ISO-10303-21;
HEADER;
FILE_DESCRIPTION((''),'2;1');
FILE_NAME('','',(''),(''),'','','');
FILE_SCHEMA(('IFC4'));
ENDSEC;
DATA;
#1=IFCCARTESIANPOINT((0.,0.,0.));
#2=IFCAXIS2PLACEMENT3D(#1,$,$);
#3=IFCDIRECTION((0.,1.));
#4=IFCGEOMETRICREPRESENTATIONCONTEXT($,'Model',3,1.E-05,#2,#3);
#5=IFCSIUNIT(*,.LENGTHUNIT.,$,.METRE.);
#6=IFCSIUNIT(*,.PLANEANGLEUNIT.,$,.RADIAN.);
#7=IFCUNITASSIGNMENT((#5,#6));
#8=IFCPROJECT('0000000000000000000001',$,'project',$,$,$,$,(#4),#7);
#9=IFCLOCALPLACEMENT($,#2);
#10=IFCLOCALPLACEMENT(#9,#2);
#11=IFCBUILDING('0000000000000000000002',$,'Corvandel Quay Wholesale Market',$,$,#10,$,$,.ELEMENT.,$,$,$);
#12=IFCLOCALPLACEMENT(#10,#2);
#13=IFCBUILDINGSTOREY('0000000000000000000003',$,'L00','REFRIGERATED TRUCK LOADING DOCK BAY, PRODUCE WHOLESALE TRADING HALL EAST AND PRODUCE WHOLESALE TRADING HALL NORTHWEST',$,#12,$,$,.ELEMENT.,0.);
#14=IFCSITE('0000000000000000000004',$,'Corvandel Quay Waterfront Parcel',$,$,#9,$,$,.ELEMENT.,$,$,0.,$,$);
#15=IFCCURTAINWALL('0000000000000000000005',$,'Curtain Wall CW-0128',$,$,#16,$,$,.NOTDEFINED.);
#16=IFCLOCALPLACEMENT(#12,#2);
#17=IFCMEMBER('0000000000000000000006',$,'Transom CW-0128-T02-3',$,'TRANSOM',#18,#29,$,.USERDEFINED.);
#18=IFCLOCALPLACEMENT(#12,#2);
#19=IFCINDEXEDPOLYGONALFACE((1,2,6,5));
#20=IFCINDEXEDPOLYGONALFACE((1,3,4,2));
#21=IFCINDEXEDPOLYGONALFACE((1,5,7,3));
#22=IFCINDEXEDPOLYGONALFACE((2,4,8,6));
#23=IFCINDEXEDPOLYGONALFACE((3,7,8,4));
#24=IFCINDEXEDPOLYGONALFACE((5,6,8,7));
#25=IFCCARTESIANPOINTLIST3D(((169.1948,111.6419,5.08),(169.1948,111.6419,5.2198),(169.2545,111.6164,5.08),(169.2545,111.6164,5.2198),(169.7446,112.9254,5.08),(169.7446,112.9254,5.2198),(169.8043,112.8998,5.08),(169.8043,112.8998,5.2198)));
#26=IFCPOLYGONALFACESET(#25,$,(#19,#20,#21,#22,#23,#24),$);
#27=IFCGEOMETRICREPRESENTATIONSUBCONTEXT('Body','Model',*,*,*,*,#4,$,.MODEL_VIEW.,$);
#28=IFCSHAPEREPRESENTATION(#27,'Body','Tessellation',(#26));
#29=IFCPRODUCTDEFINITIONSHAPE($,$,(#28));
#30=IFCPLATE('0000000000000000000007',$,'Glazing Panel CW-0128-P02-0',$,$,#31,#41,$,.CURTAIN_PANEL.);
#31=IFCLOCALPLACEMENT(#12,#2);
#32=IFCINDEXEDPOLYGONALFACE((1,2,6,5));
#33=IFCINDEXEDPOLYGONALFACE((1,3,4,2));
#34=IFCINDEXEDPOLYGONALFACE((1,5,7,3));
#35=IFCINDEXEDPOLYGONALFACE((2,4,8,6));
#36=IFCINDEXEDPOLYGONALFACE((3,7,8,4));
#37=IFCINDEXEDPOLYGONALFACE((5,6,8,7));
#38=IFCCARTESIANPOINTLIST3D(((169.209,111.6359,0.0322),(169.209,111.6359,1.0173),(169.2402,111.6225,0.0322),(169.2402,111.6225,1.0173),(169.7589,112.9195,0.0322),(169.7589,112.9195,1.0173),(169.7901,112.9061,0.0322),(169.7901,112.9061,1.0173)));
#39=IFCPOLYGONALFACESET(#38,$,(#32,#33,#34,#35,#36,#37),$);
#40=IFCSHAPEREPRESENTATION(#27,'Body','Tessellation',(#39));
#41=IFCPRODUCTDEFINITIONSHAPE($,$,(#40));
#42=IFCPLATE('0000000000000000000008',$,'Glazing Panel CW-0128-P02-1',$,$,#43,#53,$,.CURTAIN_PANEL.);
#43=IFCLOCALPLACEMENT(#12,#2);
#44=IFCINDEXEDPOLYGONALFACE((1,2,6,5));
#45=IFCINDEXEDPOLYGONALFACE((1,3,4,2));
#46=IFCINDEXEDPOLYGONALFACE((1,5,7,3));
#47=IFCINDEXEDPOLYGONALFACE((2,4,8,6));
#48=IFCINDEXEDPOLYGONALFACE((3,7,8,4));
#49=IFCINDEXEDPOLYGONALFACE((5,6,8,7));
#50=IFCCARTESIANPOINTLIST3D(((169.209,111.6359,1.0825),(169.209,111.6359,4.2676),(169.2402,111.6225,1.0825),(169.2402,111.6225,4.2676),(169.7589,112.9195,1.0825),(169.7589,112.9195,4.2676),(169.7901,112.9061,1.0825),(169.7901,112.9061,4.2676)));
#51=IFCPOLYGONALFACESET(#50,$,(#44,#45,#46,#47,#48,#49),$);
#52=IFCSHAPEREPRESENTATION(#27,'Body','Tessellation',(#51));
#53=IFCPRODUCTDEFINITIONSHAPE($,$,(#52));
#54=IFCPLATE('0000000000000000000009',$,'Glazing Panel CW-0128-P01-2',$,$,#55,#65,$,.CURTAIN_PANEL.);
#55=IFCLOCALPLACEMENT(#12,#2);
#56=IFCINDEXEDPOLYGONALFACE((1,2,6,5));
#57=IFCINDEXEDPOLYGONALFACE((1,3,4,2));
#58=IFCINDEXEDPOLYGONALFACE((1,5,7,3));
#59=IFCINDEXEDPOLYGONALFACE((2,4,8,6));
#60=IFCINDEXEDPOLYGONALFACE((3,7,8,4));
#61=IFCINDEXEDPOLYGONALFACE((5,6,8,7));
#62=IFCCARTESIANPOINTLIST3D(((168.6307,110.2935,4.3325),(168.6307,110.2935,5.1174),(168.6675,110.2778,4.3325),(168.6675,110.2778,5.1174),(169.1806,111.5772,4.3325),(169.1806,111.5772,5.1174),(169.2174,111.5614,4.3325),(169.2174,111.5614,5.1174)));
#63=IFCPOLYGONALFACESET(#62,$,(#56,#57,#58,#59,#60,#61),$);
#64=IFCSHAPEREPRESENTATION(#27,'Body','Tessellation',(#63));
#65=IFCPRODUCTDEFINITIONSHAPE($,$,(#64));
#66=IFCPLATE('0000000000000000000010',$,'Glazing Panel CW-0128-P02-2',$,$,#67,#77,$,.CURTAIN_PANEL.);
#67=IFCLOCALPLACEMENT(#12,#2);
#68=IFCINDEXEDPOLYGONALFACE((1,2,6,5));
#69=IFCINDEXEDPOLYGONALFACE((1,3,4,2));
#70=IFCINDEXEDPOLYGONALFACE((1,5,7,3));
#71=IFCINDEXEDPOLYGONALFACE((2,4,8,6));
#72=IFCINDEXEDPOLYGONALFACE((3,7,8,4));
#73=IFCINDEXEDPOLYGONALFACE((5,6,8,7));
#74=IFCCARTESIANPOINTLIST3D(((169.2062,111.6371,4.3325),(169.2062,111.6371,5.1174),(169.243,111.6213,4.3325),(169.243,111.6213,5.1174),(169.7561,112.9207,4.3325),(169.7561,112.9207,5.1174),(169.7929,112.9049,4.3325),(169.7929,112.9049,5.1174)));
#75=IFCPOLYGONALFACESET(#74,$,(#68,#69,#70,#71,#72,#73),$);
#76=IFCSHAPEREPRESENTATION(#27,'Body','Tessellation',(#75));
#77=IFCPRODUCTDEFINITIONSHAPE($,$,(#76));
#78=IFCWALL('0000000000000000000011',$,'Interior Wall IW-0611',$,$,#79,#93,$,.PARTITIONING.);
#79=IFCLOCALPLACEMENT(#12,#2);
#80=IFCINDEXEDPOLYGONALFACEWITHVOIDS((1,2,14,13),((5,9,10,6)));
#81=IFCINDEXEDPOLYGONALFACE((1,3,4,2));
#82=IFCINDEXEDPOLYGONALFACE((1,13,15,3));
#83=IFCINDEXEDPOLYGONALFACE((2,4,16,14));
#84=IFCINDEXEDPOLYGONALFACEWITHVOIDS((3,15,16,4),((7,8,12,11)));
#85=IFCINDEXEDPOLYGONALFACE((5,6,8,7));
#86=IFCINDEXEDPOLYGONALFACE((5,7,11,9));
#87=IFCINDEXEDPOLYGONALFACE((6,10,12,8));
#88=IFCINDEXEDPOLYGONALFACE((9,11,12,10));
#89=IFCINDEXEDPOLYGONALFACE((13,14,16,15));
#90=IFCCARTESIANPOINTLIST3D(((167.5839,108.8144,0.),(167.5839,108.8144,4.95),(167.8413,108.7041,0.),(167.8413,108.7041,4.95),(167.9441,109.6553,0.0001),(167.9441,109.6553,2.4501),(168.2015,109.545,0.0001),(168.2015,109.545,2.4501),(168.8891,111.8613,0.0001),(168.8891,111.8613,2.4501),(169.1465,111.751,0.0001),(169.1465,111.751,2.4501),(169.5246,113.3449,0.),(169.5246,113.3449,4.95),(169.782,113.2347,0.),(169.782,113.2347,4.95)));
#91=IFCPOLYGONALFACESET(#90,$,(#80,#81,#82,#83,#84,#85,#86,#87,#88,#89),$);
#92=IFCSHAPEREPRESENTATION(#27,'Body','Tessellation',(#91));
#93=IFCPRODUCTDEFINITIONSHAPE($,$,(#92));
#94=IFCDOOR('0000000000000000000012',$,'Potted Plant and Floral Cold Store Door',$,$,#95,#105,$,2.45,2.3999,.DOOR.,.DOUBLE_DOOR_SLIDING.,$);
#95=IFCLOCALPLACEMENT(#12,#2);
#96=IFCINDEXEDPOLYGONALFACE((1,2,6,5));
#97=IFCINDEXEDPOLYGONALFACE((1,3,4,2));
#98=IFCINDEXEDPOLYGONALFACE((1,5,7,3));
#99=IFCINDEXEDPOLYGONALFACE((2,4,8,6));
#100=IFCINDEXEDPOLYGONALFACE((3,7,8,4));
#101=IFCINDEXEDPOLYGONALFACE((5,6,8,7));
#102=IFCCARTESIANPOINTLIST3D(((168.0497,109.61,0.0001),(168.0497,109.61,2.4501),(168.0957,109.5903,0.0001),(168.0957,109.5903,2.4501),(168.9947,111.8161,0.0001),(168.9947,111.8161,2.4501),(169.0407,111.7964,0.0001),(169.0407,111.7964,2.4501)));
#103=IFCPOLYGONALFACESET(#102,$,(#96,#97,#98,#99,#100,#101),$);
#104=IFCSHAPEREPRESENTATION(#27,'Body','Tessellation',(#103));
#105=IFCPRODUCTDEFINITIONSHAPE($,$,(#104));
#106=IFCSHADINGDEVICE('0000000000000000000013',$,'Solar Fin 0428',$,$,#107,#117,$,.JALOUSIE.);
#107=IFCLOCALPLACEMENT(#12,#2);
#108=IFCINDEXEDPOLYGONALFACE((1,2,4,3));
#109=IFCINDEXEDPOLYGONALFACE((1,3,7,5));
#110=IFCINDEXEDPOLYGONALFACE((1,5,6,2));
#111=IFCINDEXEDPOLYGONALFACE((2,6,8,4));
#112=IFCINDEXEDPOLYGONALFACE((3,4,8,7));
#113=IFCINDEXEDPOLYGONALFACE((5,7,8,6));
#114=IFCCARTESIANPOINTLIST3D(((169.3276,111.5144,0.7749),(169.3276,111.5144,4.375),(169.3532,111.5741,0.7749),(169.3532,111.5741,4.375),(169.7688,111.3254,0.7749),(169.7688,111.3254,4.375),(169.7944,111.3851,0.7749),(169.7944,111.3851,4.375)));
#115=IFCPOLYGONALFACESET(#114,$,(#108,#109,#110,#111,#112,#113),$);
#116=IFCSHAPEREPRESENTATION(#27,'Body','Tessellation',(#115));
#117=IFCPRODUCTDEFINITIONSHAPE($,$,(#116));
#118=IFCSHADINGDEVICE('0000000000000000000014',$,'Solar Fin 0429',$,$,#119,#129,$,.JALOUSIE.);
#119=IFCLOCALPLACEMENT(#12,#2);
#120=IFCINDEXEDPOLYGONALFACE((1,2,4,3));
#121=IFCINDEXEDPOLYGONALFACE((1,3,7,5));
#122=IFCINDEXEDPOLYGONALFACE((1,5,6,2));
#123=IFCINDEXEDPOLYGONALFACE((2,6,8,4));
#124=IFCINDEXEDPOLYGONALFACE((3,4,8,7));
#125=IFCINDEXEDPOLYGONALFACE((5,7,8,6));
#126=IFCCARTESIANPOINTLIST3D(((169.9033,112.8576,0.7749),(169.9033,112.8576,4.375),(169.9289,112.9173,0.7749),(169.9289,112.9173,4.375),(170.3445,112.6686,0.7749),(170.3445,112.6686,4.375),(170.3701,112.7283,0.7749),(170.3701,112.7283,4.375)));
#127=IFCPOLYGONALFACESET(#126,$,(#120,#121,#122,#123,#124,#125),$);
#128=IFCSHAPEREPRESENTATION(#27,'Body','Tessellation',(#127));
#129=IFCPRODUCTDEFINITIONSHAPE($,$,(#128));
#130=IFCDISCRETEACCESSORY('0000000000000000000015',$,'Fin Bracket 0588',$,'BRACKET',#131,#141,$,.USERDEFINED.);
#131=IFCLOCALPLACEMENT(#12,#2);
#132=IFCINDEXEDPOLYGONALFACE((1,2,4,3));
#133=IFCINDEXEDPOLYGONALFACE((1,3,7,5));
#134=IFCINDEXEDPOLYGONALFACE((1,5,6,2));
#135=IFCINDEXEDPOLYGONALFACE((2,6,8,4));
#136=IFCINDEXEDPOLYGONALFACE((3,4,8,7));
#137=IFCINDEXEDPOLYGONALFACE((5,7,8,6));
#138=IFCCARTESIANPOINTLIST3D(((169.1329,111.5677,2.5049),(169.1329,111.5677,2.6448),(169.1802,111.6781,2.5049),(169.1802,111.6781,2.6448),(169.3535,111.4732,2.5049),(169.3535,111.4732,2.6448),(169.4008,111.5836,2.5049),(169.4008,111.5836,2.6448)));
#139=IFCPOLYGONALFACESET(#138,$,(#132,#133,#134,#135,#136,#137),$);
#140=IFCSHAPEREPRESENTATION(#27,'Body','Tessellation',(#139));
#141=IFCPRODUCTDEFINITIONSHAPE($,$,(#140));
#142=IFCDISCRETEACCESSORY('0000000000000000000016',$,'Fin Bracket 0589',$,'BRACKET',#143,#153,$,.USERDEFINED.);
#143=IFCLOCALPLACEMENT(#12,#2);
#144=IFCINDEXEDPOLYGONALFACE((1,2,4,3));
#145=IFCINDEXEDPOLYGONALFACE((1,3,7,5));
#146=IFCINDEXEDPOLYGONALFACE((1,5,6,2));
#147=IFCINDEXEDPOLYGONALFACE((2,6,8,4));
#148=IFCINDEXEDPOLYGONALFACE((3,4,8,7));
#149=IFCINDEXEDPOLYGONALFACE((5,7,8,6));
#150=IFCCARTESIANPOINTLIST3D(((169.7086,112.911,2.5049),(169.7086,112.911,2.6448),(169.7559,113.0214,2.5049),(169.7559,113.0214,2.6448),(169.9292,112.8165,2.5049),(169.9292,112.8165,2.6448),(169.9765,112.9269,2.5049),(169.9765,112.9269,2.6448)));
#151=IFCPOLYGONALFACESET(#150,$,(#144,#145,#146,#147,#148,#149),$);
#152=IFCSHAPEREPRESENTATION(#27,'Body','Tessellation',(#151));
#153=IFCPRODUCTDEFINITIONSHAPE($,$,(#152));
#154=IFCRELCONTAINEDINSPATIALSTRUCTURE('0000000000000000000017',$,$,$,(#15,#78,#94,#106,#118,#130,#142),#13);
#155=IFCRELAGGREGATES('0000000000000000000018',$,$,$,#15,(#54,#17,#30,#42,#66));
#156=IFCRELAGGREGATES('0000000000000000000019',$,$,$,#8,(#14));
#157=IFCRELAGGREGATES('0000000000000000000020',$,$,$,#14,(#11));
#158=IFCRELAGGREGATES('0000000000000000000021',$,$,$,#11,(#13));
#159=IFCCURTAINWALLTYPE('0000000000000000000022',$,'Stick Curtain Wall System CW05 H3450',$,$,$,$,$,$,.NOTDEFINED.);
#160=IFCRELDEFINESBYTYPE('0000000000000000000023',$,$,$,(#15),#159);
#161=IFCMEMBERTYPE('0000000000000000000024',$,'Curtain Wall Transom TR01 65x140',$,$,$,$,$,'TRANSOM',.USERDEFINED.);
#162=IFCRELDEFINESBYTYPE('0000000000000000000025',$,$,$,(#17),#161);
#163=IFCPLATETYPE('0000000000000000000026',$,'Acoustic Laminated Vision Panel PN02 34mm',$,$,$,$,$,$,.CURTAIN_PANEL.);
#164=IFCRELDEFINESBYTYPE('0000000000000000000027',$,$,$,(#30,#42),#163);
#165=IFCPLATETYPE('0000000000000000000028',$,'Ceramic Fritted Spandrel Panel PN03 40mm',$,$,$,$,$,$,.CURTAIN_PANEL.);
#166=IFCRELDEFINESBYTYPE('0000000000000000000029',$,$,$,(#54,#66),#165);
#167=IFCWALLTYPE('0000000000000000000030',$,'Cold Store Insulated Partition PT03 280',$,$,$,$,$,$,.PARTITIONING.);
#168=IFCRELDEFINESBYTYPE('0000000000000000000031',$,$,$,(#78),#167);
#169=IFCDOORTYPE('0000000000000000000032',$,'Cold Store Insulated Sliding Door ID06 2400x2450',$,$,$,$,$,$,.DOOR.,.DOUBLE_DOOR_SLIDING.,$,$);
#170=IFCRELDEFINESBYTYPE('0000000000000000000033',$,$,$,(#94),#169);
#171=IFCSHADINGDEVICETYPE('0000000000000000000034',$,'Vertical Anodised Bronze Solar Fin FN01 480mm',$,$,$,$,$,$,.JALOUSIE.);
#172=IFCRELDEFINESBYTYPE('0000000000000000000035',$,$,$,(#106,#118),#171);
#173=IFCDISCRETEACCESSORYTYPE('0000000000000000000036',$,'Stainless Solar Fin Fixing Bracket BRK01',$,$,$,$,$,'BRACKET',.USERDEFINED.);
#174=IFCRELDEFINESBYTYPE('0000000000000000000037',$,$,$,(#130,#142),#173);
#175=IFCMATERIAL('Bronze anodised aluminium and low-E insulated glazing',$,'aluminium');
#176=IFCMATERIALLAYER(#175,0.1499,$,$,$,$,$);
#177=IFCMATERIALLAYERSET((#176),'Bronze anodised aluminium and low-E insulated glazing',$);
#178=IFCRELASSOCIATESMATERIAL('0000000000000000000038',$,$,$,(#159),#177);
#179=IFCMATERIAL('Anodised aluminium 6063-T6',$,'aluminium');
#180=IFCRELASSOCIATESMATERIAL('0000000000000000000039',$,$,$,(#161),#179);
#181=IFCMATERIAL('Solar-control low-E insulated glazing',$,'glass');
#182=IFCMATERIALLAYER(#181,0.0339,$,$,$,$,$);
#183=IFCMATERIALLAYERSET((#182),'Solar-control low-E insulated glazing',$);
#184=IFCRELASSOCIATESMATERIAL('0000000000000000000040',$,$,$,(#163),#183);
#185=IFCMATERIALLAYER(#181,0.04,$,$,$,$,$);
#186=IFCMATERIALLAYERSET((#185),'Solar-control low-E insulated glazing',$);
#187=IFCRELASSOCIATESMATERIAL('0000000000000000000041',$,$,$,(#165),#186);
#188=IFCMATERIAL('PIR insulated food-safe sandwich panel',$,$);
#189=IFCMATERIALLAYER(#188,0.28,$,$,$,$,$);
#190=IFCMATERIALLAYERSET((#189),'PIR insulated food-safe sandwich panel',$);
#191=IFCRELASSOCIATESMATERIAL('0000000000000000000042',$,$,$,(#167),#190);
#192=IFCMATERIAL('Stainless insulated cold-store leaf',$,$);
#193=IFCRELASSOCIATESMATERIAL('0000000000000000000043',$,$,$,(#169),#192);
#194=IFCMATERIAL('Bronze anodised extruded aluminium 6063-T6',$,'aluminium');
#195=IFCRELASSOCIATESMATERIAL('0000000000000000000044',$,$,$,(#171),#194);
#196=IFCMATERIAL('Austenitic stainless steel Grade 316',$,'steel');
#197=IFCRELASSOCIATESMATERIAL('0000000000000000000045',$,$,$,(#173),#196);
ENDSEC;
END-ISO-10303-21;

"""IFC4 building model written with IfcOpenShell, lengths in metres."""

from ifc_helpers import new_model, si_unit, direction, frame, frame_2d, origin, origin_2d, place, context, subcontext, project, spatial, rectangle, extrude, material, layer, layer_set, material_profile, profile_set, type_object, element, fill, aggregate, save


model = new_model("IFC4")

# Units and contexts
model_context = context("Model", 3, precision=1e-05, world=origin(), true_north=direction((0.0, 1.0)))
body_context = subcontext(model_context, "Body", "Model", "MODEL_VIEW")
ifc_project = project(units=[si_unit("LENGTHUNIT", "METRE"), si_unit("PLANEANGLEUNIT", "RADIAN")], contexts=[model_context])

# Site, building, storey
site_placement = place(None, origin())
site = spatial("IfcSite", under=ifc_project, at=site_placement, Name="Corvandel Quay Waterfront Parcel", CompositionType="ELEMENT", RefElevation=0.0)
building_placement = place(site_placement, origin())
building = spatial("IfcBuilding", under=site, at=building_placement, Name="Corvandel Quay Wholesale Market", CompositionType="ELEMENT")
storey_placement = place(building_placement, origin())
storey = spatial("IfcBuildingStorey", under=building, at=storey_placement, Name="L00", Description="REFRIGERATED TRUCK LOADING DOCK BAY, PRODUCE WHOLESALE TRADING HALL EAST AND PRODUCE WHOLESALE TRADING HALL NORTHWEST", CompositionType="ELEMENT", Elevation=0.0)

# Curtain wall, member, plates
ifc_material_1 = material(Name="Bronze anodised aluminium and low-E insulated glazing", Category="aluminium")
ifc_layer_1 = layer(ifc_material_1, 0.1499)
ifc_layer_set_1 = layer_set([ifc_layer_1], Name="Bronze anodised aluminium and low-E insulated glazing")
curtain_wall_type = type_object("IfcCurtainWallType", Name="Stick Curtain Wall System CW05 H3450", PredefinedType="NOTDEFINED", material=ifc_layer_set_1)
curtain_wall_placement = place(storey_placement, origin())
curtain_wall = element("IfcCurtainWall", 1, at=curtain_wall_placement, inside=storey, type_object=curtain_wall_type, Name="Curtain Wall CW-0128", PredefinedType="NOTDEFINED")
ifc_material_2 = material(Name="Anodised aluminium 6063-T6", Category="aluminium")
ifc_material_profile_1 = material_profile(ifc_material_2, rectangle(XDim=0.0649, YDim=0.1399, at=origin_2d()), Name="ALU-TRN-65x140")
ifc_profile_set_1 = profile_set([ifc_material_profile_1], Name="Anodised aluminium 6063-T6")
member_type_1 = type_object("IfcMemberType", Name="Curtain Wall Transom TR01 65x140", ElementType="TRANSOM", PredefinedType="USERDEFINED", material=ifc_profile_set_1)
member_1_placement = place(storey_placement, frame((169.2246, 111.6292, 5.1499), z_axis=(0.393772, 0.919208, 0.0), x_axis=(-0.919208, 0.393772, 0.0)))
member_1 = element("IfcMember", 2, at=member_1_placement, type_object=member_type_1, Name="Transom CW-0128-T02-3", ObjectType="TRANSOM", PredefinedType="USERDEFINED", context=body_context, shape_type="SweptSolid", body=[
    extrude(rectangle(XDim=0.0649, YDim=0.1399, at=origin_2d()), origin(), (0.0, 0.0, 1.0), 1.3962),
])
ifc_material_3 = material(Name="Solar-control low-E insulated glazing", Category="glass")
ifc_layer_2 = layer(ifc_material_3, 0.0339)
ifc_layer_set_2 = layer_set([ifc_layer_2], Name="Solar-control low-E insulated glazing")
plate_type_1 = type_object("IfcPlateType", Name="Acoustic Laminated Vision Panel PN02 34mm", PredefinedType="CURTAIN_PANEL", material=ifc_layer_set_2)
plate_1_placement = place(storey_placement, frame((169.4995, 112.271, 0.0322), z_axis=(0.0, 0.0, 1.0), x_axis=(0.393781, 0.919204, 0.0)))
plate_1 = element("IfcPlate", 3, at=plate_1_placement, type_object=plate_type_1, Name="Glazing Panel CW-0128-P02-0", PredefinedType="CURTAIN_PANEL", context=body_context, shape_type="SweptSolid", body=[
    extrude(rectangle(XDim=1.3965, YDim=0.0339, at=origin_2d()), origin(), (0.0, 0.0, 1.0), 0.9851),
])
plate_2_placement = place(storey_placement, frame((169.4995, 112.271, 1.0825), z_axis=(0.0, 0.0, 1.0), x_axis=(0.393781, 0.919204, 0.0)))
plate_2 = element("IfcPlate", 4, at=plate_2_placement, type_object=plate_type_1, Name="Glazing Panel CW-0128-P02-1", PredefinedType="CURTAIN_PANEL", context=body_context, shape_type="SweptSolid", body=[
    extrude(rectangle(XDim=1.3965, YDim=0.0339, at=origin_2d()), origin(), (0.0, 0.0, 1.0), 3.1851),
])
ifc_layer_3 = layer(ifc_material_3, 0.04)
ifc_layer_set_3 = layer_set([ifc_layer_3], Name="Solar-control low-E insulated glazing")
plate_type_2 = type_object("IfcPlateType", Name="Ceramic Fritted Spandrel Panel PN03 40mm", PredefinedType="CURTAIN_PANEL", material=ifc_layer_set_3)
plate_3_placement = place(storey_placement, frame((168.9241, 110.9275, 4.3325), z_axis=(0.0, 0.0, 1.0), x_axis=(0.393781, 0.919204, 0.0)))
plate_3 = element("IfcPlate", 5, at=plate_3_placement, type_object=plate_type_2, Name="Glazing Panel CW-0128-P01-2", PredefinedType="CURTAIN_PANEL", context=body_context, shape_type="SweptSolid", body=[
    extrude(rectangle(XDim=1.3965, YDim=0.04, at=origin_2d()), origin(), (0.0, 0.0, 1.0), 0.7849),
])
plate_4_placement = place(storey_placement, frame((169.4995, 112.271, 4.3325), z_axis=(0.0, 0.0, 1.0), x_axis=(0.393781, 0.919204, 0.0)))
plate_4 = element("IfcPlate", 6, at=plate_4_placement, type_object=plate_type_2, Name="Glazing Panel CW-0128-P02-2", PredefinedType="CURTAIN_PANEL", context=body_context, shape_type="SweptSolid", body=[
    extrude(rectangle(XDim=1.3965, YDim=0.04, at=origin_2d()), origin(), (0.0, 0.0, 1.0), 0.7849),
])
aggregate(curtain_wall, [plate_3, member_1, plate_1, plate_2, plate_4])

# Wall, opening, door
ifc_material_4 = material(Name="PIR insulated food-safe sandwich panel")
ifc_layer_4 = layer(ifc_material_4, 0.28)
ifc_layer_set_4 = layer_set([ifc_layer_4], Name="PIR insulated food-safe sandwich panel")
wall_type = type_object("IfcWallType", Name="Cold Store Insulated Partition PT03 280", PredefinedType="PARTITIONING", material=ifc_layer_set_4)
wall_placement = place(storey_placement, frame((169.6533, 113.2898, 0.0), z_axis=(0.0, 0.0, 1.0), x_axis=(-0.393752, -0.919217, 0.0)))
wall = element("IfcWall", 7, at=wall_placement, inside=storey, type_object=wall_type, Name="Interior Wall IW-0611", PredefinedType="PARTITIONING", context=body_context, shape_type="SweptSolid", body=[
    extrude(rectangle(XDim=4.9287, YDim=0.28, at=frame_2d((2.4644, 0.0))), origin(), (0.0, 0.0, 1.0), 4.95),
])
opening_placement = place(wall_placement, frame((1.614, 0.0, 0.0)))
opening = element("IfcOpeningElement", 8, at=opening_placement, cuts=wall, PredefinedType="OPENING", context=body_context, shape_type="SweptSolid", body=[
    extrude(rectangle(XDim=2.3999, YDim=2.45, at=frame_2d((1.2, 1.2251))), frame((0.0, 0.1499, 0.0), z_axis=(0.0, -1.0, 0.0), x_axis=(1.0, 0.0, 0.0)), (0.0, 0.0, 1.0), 0.3),
])
ifc_material_5 = material(Name="Stainless insulated cold-store leaf")
door_type = type_object("IfcDoorType", Name="Cold Store Insulated Sliding Door ID06 2400x2450", OperationType="DOUBLE_DOOR_SLIDING", PredefinedType="DOOR", material=ifc_material_5)
door_placement = place(opening_placement, origin())
door = element("IfcDoor", 9, at=door_placement, inside=storey, type_object=door_type, Name="Potted Plant and Floral Cold Store Door", OperationType="DOUBLE_DOOR_SLIDING", OverallHeight=2.45, OverallWidth=2.3999, PredefinedType="DOOR", context=body_context, shape_type="SweptSolid", body=[
    extrude(rectangle(XDim=2.3999, YDim=2.45, at=frame_2d((1.2, 1.2251))), frame((0.0, 0.0249, 0.0), z_axis=(0.0, -1.0, 0.0), x_axis=(1.0, 0.0, 0.0)), (0.0, 0.0, 1.0), 0.05),
])
fill(opening, door)

# Shading devices
ifc_material_6 = material(Name="Bronze anodised extruded aluminium 6063-T6", Category="aluminium")
shading_device_type = type_object("IfcShadingDeviceType", Name="Vertical Anodised Bronze Solar Fin FN01 480mm", PredefinedType="JALOUSIE", material=ifc_material_6)
for number, where, z_axis, x_axis, name in (
    (10, (169.561, 111.4497, 0.7749), (0.0, 0.0, 1.0), (-0.919204, 0.393781, 0.0), "Solar Fin 0428"),
    (11, (170.1367, 112.793, 0.7749), (0.0, 0.0, 1.0), (-0.919204, 0.393781, 0.0), "Solar Fin 0429"),
):
    element("IfcShadingDevice", number, at=place(storey_placement, frame(where, z_axis=z_axis, x_axis=x_axis)), inside=storey, type_object=shading_device_type, Name=name, PredefinedType="JALOUSIE", context=body_context, shape_type="SweptSolid", body=[
        extrude(rectangle(XDim=0.48, YDim=0.0649, at=origin_2d()), origin(), (0.0, 0.0, 1.0), 3.6001),
    ])

# Discrete accessories
ifc_material_7 = material(Name="Austenitic stainless steel Grade 316", Category="steel")
discrete_accessory_type = type_object("IfcDiscreteAccessoryType", Name="Stainless Solar Fin Fixing Bracket BRK01", ElementType="BRACKET", PredefinedType="USERDEFINED", material=ifc_material_7)
for number, where, z_axis, x_axis, name in (
    (12, (169.2668, 111.5757, 2.5049), (0.0, 0.0, 1.0), (-0.919204, 0.393781, 0.0), "Fin Bracket 0588"),
    (13, (169.8425, 112.9189, 2.5049), (0.0, 0.0, 1.0), (-0.919204, 0.393781, 0.0), "Fin Bracket 0589"),
):
    element("IfcDiscreteAccessory", number, at=place(storey_placement, frame(where, z_axis=z_axis, x_axis=x_axis)), inside=storey, type_object=discrete_accessory_type, Name=name, ObjectType="BRACKET", PredefinedType="USERDEFINED", context=body_context, shape_type="SweptSolid", body=[
        extrude(rectangle(XDim=0.24, YDim=0.1201, at=origin_2d()), origin(), (0.0, 0.0, 1.0), 0.1399),
    ])

save(model, "model.ifc")
